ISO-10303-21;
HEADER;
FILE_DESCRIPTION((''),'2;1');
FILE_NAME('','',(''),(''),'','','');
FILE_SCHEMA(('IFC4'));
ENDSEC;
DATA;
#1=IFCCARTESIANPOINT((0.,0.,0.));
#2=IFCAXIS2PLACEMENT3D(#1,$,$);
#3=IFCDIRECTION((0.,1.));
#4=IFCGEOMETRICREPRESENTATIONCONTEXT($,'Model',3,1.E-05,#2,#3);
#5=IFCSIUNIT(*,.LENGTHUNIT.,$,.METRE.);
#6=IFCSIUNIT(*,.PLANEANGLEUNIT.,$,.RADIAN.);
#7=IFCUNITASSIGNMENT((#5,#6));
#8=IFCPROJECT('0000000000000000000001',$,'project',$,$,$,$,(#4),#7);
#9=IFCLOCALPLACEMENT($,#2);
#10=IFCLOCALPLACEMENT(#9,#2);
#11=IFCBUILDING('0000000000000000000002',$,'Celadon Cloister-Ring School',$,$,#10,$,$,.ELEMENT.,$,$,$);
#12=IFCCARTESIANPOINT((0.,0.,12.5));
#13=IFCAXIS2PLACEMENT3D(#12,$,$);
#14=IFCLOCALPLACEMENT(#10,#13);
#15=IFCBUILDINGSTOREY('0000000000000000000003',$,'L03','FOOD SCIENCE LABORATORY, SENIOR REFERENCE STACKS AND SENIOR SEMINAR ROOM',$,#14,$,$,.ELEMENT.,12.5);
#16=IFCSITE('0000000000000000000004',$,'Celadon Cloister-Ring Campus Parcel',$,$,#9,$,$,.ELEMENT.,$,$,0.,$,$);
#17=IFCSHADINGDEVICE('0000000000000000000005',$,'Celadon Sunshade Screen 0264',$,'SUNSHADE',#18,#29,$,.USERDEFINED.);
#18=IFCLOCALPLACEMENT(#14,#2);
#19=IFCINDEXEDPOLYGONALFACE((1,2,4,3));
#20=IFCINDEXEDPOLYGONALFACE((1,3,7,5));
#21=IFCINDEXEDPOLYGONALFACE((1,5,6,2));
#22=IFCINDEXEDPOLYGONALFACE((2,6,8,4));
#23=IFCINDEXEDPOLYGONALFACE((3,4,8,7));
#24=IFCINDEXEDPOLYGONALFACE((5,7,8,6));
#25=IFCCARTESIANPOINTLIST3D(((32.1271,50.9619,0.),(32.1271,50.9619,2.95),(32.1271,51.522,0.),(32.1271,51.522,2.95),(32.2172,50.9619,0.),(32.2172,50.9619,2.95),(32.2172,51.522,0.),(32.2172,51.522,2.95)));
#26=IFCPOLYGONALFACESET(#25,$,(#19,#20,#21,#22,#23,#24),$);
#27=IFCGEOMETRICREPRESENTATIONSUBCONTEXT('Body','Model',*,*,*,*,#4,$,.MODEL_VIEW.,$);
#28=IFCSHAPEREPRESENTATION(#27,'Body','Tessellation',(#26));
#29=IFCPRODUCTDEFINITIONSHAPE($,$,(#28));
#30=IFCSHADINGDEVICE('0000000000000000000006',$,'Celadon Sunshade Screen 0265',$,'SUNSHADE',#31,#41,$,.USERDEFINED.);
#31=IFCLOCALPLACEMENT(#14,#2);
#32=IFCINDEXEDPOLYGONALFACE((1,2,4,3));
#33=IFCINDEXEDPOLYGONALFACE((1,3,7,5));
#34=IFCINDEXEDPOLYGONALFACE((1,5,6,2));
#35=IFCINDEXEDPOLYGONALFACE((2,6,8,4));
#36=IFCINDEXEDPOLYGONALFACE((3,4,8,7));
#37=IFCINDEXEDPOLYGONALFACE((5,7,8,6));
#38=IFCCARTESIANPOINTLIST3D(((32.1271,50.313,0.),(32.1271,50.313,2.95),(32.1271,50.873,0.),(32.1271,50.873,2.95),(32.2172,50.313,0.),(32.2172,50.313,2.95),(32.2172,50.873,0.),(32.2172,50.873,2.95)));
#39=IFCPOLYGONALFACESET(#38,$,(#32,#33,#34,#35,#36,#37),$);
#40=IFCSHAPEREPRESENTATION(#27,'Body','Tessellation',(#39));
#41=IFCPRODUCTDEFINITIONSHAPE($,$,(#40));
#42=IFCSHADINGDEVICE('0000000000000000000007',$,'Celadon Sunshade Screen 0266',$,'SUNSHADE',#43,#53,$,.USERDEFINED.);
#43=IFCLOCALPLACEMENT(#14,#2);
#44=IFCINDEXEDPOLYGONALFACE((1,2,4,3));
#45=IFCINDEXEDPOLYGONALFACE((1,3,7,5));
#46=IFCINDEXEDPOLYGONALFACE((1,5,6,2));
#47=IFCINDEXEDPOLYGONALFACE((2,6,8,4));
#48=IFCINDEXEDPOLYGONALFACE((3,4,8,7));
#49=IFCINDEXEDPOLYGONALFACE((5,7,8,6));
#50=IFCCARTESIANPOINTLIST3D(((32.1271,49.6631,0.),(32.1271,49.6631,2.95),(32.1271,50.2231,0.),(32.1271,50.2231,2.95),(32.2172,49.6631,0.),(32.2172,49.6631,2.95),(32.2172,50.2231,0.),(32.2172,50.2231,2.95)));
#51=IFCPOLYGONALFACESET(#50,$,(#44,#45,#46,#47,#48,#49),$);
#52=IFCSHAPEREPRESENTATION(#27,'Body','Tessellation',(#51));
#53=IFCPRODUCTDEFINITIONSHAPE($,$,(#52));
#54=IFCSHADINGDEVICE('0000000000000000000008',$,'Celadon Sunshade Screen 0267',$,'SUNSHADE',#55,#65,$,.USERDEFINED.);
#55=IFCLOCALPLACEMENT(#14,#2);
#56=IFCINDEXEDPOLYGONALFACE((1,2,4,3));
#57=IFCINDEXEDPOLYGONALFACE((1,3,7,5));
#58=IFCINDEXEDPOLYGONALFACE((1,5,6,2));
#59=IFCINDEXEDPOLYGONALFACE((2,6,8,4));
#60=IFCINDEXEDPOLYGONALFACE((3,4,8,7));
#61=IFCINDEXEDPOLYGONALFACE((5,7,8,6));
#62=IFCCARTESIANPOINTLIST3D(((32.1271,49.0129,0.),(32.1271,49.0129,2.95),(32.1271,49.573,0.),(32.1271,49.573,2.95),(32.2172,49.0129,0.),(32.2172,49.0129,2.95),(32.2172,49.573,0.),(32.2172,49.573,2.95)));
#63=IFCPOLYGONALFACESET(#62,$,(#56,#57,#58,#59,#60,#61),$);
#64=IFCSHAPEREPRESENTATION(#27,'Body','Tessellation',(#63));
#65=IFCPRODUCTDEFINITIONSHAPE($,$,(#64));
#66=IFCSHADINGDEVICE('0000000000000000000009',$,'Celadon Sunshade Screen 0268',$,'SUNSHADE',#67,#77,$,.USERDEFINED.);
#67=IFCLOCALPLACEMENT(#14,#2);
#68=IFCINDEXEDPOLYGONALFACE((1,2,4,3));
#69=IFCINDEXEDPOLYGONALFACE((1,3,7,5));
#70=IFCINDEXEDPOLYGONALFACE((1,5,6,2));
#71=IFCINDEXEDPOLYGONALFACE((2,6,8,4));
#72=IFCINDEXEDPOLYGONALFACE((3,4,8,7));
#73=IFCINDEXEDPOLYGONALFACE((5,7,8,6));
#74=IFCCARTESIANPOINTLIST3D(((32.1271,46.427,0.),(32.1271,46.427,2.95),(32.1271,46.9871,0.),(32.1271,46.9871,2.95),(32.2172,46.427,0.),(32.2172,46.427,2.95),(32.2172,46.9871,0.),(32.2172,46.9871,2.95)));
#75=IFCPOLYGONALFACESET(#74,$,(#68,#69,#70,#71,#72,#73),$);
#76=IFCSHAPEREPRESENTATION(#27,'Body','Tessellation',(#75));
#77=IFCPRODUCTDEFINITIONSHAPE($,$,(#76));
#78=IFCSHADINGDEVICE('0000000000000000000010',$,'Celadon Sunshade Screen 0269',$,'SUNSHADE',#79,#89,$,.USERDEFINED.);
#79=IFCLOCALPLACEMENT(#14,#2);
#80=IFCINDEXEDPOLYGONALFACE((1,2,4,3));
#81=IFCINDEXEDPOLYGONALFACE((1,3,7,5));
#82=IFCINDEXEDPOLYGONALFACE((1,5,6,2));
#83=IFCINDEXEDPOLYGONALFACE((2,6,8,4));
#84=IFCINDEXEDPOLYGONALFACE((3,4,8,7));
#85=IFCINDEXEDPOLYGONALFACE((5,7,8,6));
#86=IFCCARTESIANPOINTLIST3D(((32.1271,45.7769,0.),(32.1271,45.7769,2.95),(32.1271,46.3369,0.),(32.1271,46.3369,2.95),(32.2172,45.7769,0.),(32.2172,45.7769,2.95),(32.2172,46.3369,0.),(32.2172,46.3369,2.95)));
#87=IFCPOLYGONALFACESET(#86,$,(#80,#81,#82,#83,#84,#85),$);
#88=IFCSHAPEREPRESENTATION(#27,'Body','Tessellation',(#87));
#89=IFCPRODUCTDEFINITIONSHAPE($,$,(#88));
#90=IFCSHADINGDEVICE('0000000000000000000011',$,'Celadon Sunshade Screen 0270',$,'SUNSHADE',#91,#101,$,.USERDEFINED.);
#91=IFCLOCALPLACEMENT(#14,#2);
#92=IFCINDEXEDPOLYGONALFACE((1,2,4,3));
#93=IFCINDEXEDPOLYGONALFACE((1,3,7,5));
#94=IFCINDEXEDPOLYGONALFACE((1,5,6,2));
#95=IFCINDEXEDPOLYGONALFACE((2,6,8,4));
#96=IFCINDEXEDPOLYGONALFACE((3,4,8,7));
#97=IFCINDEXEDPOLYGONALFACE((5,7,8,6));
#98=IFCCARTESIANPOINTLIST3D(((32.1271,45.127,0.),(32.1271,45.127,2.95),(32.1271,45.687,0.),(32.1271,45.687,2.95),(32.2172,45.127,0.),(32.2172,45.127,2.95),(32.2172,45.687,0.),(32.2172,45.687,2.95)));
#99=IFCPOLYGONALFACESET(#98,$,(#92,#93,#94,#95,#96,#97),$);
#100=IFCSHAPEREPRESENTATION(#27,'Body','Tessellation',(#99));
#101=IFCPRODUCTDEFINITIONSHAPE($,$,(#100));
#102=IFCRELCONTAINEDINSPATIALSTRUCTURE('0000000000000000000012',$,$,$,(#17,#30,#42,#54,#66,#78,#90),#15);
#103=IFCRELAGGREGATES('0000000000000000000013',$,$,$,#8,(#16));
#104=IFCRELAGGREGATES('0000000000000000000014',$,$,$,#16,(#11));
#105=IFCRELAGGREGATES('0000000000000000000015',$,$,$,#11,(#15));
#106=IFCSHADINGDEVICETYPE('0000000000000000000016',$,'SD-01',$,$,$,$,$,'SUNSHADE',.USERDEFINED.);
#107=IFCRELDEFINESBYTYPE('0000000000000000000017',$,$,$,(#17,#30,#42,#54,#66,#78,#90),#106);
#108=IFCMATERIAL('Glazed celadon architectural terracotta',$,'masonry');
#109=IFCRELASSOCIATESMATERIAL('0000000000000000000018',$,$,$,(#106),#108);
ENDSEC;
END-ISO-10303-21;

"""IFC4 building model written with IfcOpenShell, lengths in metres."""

from ifc_helpers import new_model, si_unit, direction, frame, origin, origin_2d, place, context, subcontext, project, spatial, rectangle, extrude, material, type_object, element, save


model = new_model("IFC4")

# Units and contexts
model_context = context("Model", 3, precision=1e-05, world=origin(), true_north=direction((0.0, 1.0)))
body_context = subcontext(model_context, "Body", "Model", "MODEL_VIEW")
ifc_project = project(units=[si_unit("LENGTHUNIT", "METRE"), si_unit("PLANEANGLEUNIT", "RADIAN")], contexts=[model_context])

# Site, building, storey
site_placement = place(None, origin())
site = spatial("IfcSite", under=ifc_project, at=site_placement, Name="Celadon Cloister-Ring Campus Parcel", CompositionType="ELEMENT", RefElevation=0.0)
building_placement = place(site_placement, origin())
building = spatial("IfcBuilding", under=site, at=building_placement, Name="Celadon Cloister-Ring School", CompositionType="ELEMENT")
storey_placement = place(building_placement, frame((0.0, 0.0, 12.5)))
storey = spatial("IfcBuildingStorey", under=building, at=storey_placement, Name="L03", Description="FOOD SCIENCE LABORATORY, SENIOR REFERENCE STACKS AND SENIOR SEMINAR ROOM", CompositionType="ELEMENT", Elevation=12.5)

# Shading devices
ifc_material_1 = material(Name="Glazed celadon architectural terracotta", Category="masonry")
shading_device_type = type_object("IfcShadingDeviceType", Name="SD-01", ElementType="SUNSHADE", PredefinedType="USERDEFINED", material=ifc_material_1)
for number, where, z_axis, x_axis, name in (
    (1, (32.1721, 51.2419, 0.0), (0.0, 0.0, 1.0), (0.0, -1.0, 0.0), "Celadon Sunshade Screen 0264"),
    (2, (32.1721, 50.593, 0.0), (0.0, 0.0, 1.0), (0.0, -1.0, 0.0), "Celadon Sunshade Screen 0265"),
    (3, (32.1721, 49.9431, 0.0), (0.0, 0.0, 1.0), (0.0, -1.0, 0.0), "Celadon Sunshade Screen 0266"),
    (4, (32.1721, 49.293, 0.0), (0.0, 0.0, 1.0), (0.0, -1.0, 0.0), "Celadon Sunshade Screen 0267"),
    (5, (32.1721, 46.707, 0.0), (0.0, 0.0, 1.0), (0.0, -1.0, 0.0), "Celadon Sunshade Screen 0268"),
    (6, (32.1721, 46.0569, 0.0), (0.0, 0.0, 1.0), (0.0, -1.0, 0.0), "Celadon Sunshade Screen 0269"),
    (7, (32.1721, 45.407, 0.0), (0.0, 0.0, 1.0), (0.0, -1.0, 0.0), "Celadon Sunshade Screen 0270"),
):
    element("IfcShadingDevice", number, at=place(storey_placement, frame(where, z_axis=z_axis, x_axis=x_axis)), inside=storey, type_object=shading_device_type, Name=name, ObjectType="SUNSHADE", PredefinedType="USERDEFINED", context=body_context, shape_type="SweptSolid", body=[
        extrude(rectangle(XDim=0.5601, YDim=0.0901, at=origin_2d()), origin(), (0.0, 0.0, 1.0), 2.95),
    ])

save(model, "model.ifc")
